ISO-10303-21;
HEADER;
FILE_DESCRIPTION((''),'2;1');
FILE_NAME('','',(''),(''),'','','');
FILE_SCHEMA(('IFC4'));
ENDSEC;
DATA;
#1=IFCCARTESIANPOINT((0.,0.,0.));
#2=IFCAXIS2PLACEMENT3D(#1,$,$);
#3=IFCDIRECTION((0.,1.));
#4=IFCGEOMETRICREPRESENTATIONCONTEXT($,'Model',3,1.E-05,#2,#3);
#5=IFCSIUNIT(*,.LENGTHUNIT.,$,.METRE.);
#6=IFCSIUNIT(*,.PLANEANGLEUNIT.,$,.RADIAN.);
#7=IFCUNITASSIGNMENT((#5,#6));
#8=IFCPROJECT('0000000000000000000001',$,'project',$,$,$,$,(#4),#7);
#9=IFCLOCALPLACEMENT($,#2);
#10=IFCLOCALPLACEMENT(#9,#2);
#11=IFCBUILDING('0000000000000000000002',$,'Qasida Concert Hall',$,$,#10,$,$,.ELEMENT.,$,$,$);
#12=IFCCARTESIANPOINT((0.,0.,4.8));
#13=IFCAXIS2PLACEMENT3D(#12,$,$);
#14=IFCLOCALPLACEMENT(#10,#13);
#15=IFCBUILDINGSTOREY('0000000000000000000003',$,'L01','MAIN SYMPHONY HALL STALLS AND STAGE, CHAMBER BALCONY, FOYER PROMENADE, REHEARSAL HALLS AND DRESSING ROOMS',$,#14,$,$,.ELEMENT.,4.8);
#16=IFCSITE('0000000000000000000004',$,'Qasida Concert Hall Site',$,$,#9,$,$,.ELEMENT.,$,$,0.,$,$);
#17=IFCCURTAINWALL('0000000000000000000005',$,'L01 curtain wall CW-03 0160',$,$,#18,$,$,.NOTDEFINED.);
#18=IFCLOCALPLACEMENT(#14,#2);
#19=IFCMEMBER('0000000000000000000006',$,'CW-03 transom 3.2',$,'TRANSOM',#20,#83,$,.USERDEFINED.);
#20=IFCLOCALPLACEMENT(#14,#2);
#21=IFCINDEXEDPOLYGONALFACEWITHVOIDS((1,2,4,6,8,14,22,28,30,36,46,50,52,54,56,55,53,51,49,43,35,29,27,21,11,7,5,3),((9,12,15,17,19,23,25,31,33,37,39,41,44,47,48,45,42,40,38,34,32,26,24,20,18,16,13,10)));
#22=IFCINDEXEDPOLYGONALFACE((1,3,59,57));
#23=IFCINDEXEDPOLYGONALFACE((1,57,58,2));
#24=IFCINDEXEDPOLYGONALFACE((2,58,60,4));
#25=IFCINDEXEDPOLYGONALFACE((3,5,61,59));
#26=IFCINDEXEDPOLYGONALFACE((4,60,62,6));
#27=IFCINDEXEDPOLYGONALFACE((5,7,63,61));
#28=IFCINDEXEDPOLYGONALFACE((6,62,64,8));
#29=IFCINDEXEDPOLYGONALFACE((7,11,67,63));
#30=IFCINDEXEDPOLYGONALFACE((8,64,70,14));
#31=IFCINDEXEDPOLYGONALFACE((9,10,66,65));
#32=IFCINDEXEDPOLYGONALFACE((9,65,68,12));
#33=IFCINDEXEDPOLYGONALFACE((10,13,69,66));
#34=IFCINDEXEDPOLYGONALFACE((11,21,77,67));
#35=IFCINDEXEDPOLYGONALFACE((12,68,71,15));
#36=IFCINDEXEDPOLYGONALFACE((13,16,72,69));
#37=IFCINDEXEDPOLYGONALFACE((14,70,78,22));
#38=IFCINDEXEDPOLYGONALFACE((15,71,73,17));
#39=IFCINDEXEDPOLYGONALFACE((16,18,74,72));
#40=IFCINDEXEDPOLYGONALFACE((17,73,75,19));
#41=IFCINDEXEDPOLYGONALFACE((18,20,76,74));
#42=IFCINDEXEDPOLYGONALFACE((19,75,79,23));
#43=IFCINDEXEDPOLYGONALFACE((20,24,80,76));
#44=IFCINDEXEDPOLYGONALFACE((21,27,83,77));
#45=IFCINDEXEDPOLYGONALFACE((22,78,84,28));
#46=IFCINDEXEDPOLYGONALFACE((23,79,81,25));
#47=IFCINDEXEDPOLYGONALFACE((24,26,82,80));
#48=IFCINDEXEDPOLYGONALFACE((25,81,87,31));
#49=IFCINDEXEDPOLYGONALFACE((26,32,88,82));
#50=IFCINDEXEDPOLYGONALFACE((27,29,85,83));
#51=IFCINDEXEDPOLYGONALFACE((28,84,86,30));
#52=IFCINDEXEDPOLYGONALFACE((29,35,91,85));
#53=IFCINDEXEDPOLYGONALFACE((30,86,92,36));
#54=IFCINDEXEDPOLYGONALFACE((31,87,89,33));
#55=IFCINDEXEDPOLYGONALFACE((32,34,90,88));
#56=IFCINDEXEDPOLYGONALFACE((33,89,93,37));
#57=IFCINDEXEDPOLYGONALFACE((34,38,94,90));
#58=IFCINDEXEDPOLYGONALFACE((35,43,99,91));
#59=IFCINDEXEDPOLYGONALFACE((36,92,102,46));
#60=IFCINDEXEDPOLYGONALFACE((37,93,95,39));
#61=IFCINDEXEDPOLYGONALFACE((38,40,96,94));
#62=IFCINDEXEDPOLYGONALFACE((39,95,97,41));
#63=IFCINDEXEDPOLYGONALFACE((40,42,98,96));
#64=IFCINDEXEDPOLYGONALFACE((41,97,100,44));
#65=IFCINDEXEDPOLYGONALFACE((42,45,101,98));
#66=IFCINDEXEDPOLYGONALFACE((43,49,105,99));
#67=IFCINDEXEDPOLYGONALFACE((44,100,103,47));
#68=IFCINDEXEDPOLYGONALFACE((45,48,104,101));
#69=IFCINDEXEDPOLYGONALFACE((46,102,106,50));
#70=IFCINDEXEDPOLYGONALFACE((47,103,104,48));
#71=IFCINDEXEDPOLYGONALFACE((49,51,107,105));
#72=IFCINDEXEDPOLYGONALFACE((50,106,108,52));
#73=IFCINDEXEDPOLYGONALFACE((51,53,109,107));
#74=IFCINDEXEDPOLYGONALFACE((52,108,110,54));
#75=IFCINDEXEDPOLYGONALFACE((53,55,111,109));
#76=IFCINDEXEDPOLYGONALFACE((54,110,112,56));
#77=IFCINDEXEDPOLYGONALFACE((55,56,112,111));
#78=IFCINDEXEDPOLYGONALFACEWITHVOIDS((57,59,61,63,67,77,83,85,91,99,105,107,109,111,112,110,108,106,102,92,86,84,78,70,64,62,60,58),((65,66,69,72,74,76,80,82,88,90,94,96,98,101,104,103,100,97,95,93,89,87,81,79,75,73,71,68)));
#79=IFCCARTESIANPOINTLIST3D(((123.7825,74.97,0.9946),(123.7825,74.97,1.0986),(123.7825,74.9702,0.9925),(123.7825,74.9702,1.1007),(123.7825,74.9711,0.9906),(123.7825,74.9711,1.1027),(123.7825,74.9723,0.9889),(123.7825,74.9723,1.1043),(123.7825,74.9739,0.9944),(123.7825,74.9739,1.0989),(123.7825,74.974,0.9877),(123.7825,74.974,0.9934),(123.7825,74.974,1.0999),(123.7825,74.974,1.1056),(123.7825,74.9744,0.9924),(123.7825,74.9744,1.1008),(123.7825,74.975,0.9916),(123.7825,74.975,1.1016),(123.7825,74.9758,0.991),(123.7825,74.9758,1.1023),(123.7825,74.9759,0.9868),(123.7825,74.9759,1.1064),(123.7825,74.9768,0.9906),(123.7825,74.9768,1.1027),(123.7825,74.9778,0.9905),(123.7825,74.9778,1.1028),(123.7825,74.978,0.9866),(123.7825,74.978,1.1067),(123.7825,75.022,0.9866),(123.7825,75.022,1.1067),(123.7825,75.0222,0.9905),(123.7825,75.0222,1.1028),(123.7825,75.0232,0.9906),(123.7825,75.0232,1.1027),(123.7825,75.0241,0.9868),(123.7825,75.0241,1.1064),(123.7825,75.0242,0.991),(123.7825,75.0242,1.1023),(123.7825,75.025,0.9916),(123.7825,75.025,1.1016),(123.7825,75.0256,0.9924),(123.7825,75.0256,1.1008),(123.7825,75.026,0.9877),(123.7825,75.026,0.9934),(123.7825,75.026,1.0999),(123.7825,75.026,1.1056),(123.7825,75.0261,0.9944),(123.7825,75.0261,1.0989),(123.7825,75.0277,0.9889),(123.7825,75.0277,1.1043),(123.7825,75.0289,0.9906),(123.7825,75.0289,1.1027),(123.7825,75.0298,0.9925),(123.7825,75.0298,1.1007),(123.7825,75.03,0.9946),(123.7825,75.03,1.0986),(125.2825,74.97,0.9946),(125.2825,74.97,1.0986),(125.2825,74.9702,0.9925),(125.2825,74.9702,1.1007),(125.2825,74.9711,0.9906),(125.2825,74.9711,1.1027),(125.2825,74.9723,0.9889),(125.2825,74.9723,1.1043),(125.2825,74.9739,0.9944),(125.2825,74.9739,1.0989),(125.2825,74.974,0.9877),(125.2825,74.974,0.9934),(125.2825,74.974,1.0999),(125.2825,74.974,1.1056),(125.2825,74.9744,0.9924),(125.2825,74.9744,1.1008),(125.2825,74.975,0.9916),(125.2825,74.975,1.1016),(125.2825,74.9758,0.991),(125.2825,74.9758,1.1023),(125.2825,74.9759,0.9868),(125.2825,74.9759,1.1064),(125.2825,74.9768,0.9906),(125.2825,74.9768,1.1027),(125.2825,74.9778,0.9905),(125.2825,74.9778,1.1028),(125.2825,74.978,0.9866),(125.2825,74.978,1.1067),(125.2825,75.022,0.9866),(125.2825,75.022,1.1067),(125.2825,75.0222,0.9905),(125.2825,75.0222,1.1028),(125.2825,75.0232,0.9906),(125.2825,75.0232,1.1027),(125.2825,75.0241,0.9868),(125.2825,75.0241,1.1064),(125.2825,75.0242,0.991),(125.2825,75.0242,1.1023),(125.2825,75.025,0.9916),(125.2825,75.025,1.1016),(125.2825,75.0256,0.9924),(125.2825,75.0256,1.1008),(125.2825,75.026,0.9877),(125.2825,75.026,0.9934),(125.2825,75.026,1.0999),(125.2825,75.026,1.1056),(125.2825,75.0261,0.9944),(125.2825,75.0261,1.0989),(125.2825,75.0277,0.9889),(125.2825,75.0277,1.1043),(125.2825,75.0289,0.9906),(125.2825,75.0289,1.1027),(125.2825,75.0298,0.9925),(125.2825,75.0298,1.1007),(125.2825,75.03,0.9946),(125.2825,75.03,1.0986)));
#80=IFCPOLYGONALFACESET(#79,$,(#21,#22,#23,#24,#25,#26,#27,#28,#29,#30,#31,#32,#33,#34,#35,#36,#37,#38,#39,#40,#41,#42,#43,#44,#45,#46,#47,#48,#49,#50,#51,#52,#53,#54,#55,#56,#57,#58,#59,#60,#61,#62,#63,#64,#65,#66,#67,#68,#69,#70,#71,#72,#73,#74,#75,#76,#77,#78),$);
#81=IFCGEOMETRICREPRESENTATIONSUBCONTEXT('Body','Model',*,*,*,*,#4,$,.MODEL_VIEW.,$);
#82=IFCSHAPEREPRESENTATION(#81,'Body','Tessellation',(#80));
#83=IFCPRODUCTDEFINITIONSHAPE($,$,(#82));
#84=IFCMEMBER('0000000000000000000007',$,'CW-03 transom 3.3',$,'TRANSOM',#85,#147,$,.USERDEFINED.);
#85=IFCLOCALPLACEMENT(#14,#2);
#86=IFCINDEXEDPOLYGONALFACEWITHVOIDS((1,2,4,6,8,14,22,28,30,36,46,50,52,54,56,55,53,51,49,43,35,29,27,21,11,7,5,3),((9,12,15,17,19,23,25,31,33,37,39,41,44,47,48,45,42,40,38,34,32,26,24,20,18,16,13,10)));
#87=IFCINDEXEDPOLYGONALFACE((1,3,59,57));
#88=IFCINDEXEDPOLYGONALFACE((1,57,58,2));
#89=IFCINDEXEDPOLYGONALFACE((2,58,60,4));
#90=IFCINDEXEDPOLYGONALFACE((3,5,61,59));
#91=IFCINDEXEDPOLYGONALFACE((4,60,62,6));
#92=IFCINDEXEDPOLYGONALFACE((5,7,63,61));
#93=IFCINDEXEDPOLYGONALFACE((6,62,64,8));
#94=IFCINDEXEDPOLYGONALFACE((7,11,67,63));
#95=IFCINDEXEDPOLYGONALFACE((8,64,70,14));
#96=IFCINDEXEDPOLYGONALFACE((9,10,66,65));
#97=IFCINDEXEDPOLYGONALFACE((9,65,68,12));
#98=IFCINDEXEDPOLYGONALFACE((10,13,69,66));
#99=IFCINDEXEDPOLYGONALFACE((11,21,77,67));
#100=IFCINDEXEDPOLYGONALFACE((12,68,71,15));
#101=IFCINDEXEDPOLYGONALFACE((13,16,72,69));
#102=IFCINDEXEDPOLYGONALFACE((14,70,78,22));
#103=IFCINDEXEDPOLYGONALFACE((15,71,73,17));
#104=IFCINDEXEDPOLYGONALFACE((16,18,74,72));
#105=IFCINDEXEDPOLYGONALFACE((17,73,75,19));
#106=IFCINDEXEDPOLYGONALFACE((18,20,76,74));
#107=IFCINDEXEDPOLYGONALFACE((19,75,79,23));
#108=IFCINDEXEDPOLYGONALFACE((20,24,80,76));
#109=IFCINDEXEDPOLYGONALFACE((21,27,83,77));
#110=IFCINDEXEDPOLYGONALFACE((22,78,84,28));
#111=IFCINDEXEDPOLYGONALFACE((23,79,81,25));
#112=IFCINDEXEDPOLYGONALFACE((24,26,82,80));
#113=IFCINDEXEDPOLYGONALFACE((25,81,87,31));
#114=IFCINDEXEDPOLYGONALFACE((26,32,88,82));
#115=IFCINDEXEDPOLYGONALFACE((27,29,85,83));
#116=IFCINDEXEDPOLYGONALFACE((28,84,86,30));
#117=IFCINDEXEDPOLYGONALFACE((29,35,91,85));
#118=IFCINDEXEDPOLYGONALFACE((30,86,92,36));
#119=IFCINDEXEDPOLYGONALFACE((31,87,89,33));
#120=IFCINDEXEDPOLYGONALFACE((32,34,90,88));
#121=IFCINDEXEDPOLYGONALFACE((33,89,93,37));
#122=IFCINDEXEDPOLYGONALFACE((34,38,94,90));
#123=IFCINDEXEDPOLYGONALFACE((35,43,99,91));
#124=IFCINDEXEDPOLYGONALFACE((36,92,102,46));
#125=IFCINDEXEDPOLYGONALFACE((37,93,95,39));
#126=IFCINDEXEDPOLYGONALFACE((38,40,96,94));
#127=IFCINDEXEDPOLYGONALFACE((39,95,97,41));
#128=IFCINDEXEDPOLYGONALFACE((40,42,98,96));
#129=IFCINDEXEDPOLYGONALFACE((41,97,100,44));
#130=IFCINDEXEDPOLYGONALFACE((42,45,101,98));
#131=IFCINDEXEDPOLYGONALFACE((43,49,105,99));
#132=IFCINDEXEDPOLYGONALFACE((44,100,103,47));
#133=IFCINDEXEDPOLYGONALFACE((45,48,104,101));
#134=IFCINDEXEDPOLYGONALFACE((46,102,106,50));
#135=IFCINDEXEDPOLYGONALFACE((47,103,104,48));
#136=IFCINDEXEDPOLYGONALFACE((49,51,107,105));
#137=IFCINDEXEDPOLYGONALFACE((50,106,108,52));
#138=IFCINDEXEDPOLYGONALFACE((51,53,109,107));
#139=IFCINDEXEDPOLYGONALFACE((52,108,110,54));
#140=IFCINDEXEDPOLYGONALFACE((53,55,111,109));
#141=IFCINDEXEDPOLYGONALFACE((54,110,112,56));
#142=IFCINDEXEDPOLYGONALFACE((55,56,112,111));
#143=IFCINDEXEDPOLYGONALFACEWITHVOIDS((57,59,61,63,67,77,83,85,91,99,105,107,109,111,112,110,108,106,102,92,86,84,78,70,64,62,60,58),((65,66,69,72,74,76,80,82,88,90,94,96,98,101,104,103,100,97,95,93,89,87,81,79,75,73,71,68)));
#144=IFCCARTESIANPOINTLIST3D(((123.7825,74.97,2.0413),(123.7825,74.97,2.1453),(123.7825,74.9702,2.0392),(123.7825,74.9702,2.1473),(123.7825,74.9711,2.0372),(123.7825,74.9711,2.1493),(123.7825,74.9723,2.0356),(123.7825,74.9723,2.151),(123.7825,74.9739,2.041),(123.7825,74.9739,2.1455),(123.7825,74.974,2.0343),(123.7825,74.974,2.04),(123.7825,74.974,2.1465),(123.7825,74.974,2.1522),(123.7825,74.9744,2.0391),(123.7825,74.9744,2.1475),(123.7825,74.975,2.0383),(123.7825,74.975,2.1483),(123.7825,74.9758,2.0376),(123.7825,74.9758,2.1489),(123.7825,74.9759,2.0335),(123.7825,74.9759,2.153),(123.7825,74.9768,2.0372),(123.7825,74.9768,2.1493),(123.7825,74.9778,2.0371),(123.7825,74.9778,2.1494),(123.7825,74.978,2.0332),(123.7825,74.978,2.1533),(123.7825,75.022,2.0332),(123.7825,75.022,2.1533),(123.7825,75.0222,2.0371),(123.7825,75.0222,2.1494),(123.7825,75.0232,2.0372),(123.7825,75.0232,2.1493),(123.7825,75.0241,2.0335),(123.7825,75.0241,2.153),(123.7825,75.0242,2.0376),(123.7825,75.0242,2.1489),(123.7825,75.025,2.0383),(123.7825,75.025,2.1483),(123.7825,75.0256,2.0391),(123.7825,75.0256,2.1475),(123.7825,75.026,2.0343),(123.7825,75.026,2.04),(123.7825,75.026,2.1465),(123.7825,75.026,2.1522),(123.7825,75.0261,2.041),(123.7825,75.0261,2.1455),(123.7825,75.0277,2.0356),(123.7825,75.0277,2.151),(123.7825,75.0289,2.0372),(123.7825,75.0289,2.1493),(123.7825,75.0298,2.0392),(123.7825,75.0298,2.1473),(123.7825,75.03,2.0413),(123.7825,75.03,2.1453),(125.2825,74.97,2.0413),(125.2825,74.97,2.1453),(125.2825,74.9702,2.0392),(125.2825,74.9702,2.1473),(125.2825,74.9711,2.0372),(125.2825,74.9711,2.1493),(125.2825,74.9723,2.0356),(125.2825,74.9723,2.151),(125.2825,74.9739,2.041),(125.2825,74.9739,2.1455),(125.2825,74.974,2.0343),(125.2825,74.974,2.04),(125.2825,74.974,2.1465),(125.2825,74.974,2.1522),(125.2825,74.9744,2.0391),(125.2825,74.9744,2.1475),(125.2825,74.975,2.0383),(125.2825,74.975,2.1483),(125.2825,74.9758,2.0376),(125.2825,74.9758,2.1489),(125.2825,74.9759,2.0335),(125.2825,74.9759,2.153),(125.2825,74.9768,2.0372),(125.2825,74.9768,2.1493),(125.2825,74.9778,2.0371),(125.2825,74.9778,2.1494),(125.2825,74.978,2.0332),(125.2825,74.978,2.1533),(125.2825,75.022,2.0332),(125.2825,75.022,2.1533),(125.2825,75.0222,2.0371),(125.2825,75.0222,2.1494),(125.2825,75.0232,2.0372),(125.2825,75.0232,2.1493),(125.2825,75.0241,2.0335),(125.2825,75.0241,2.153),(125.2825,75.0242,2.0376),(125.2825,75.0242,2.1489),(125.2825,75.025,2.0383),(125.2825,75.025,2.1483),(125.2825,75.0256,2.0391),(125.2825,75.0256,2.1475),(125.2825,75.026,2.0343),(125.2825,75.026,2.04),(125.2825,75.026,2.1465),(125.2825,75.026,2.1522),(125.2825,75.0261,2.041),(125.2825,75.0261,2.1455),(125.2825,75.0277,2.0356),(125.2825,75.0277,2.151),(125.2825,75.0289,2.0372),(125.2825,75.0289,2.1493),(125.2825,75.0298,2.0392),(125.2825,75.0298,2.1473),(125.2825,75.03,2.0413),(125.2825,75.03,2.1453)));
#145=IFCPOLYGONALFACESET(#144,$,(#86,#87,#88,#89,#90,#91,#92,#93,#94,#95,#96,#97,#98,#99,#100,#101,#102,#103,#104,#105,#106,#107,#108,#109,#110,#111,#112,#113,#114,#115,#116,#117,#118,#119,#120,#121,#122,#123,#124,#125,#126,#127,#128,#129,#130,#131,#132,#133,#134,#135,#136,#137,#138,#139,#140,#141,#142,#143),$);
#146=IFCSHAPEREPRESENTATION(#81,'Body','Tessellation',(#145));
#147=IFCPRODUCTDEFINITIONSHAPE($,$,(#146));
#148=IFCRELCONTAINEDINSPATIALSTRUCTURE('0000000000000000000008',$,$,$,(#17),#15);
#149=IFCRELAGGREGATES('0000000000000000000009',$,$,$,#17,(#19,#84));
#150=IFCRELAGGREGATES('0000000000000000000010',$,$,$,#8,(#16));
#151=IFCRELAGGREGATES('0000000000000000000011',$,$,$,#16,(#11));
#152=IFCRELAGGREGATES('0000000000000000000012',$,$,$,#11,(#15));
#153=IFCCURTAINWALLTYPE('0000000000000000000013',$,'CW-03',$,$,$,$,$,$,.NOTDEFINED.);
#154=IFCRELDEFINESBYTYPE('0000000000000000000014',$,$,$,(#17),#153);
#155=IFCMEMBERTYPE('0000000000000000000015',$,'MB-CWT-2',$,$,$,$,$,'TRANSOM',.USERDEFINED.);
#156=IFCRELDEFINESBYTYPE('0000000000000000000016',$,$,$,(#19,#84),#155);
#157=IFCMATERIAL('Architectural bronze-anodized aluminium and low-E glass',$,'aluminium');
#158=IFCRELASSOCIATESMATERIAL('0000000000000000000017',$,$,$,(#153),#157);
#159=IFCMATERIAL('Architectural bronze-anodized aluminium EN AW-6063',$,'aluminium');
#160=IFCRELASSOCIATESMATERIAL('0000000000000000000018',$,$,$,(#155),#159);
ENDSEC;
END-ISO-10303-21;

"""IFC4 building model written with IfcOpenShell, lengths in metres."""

from ifc_helpers import new_model, si_unit, direction, frame, origin, origin_2d, place, context, subcontext, project, spatial, hollow_rectangle, extrude, material, material_profile, profile_set, type_object, element, aggregate, save


model = new_model("IFC4")

# Units and contexts
model_context = context("Model", 3, precision=1e-05, world=origin(), true_north=direction((0.0, 1.0)))
body_context = subcontext(model_context, "Body", "Model", "MODEL_VIEW")
ifc_project = project(units=[si_unit("LENGTHUNIT", "METRE"), si_unit("PLANEANGLEUNIT", "RADIAN")], contexts=[model_context])

# Site, building, storey
site_placement = place(None, origin())
site = spatial("IfcSite", under=ifc_project, at=site_placement, Name="Qasida Concert Hall Site", CompositionType="ELEMENT", RefElevation=0.0)
building_placement = place(site_placement, origin())
building = spatial("IfcBuilding", under=site, at=building_placement, Name="Qasida Concert Hall", CompositionType="ELEMENT")
storey_placement = place(building_placement, frame((0.0, 0.0, 4.8)))
storey = spatial("IfcBuildingStorey", under=building, at=storey_placement, Name="L01", Description="MAIN SYMPHONY HALL STALLS AND STAGE, CHAMBER BALCONY, FOYER PROMENADE, REHEARSAL HALLS AND DRESSING ROOMS", CompositionType="ELEMENT", Elevation=4.8)

# Curtain wall, members
ifc_material_1 = material(Name="Architectural bronze-anodized aluminium and low-E glass", Category="aluminium")
curtain_wall_type = type_object("IfcCurtainWallType", Name="CW-03", PredefinedType="NOTDEFINED", material=ifc_material_1)
curtain_wall_placement = place(storey_placement, origin())
curtain_wall = element("IfcCurtainWall", 1, at=curtain_wall_placement, inside=storey, type_object=curtain_wall_type, Name="L01 curtain wall CW-03 0160", PredefinedType="NOTDEFINED")
ifc_material_2 = material(Name="Architectural bronze-anodized aluminium EN AW-6063", Category="aluminium")
ifc_material_profile_1 = material_profile(ifc_material_2, hollow_rectangle(XDim=0.0601, YDim=0.1201, WallThickness=0.0039, InnerFilletRadius=0.0039, OuterFilletRadius=0.0081, at=origin_2d()), Name="CWT 120x60x4")
ifc_profile_set_1 = profile_set([ifc_material_profile_1], Name="Architectural bronze-anodized aluminium EN AW-6063")
member_type_1 = type_object("IfcMemberType", Name="MB-CWT-2", ElementType="TRANSOM", PredefinedType="USERDEFINED", material=ifc_profile_set_1)
member_1_placement = place(storey_placement, frame((123.7825, 75.0, 1.0466), z_axis=(1.0, 0.0, 0.0), x_axis=(0.0, 1.0, 0.0)))
member_1 = element("IfcMember", 2, at=member_1_placement, type_object=member_type_1, Name="CW-03 transom 3.2", ObjectType="TRANSOM", PredefinedType="USERDEFINED", context=body_context, shape_type="SweptSolid", body=[
    extrude(hollow_rectangle(XDim=0.0601, YDim=0.1201, WallThickness=0.0039, InnerFilletRadius=0.0039, OuterFilletRadius=0.0081, at=origin_2d()), origin(), (0.0, 0.0, 1.0), 1.5),
])
member_2_placement = place(storey_placement, frame((123.7825, 75.0, 2.0933), z_axis=(1.0, 0.0, 0.0), x_axis=(0.0, 1.0, 0.0)))
member_2 = element("IfcMember", 3, at=member_2_placement, type_object=member_type_1, Name="CW-03 transom 3.3", ObjectType="TRANSOM", PredefinedType="USERDEFINED", context=body_context, shape_type="SweptSolid", body=[
    extrude(hollow_rectangle(XDim=0.0601, YDim=0.1201, WallThickness=0.0039, InnerFilletRadius=0.0039, OuterFilletRadius=0.0081, at=origin_2d()), origin(), (0.0, 0.0, 1.0), 1.5),
])
aggregate(curtain_wall, [member_1, member_2])

save(model, "model.ifc")
